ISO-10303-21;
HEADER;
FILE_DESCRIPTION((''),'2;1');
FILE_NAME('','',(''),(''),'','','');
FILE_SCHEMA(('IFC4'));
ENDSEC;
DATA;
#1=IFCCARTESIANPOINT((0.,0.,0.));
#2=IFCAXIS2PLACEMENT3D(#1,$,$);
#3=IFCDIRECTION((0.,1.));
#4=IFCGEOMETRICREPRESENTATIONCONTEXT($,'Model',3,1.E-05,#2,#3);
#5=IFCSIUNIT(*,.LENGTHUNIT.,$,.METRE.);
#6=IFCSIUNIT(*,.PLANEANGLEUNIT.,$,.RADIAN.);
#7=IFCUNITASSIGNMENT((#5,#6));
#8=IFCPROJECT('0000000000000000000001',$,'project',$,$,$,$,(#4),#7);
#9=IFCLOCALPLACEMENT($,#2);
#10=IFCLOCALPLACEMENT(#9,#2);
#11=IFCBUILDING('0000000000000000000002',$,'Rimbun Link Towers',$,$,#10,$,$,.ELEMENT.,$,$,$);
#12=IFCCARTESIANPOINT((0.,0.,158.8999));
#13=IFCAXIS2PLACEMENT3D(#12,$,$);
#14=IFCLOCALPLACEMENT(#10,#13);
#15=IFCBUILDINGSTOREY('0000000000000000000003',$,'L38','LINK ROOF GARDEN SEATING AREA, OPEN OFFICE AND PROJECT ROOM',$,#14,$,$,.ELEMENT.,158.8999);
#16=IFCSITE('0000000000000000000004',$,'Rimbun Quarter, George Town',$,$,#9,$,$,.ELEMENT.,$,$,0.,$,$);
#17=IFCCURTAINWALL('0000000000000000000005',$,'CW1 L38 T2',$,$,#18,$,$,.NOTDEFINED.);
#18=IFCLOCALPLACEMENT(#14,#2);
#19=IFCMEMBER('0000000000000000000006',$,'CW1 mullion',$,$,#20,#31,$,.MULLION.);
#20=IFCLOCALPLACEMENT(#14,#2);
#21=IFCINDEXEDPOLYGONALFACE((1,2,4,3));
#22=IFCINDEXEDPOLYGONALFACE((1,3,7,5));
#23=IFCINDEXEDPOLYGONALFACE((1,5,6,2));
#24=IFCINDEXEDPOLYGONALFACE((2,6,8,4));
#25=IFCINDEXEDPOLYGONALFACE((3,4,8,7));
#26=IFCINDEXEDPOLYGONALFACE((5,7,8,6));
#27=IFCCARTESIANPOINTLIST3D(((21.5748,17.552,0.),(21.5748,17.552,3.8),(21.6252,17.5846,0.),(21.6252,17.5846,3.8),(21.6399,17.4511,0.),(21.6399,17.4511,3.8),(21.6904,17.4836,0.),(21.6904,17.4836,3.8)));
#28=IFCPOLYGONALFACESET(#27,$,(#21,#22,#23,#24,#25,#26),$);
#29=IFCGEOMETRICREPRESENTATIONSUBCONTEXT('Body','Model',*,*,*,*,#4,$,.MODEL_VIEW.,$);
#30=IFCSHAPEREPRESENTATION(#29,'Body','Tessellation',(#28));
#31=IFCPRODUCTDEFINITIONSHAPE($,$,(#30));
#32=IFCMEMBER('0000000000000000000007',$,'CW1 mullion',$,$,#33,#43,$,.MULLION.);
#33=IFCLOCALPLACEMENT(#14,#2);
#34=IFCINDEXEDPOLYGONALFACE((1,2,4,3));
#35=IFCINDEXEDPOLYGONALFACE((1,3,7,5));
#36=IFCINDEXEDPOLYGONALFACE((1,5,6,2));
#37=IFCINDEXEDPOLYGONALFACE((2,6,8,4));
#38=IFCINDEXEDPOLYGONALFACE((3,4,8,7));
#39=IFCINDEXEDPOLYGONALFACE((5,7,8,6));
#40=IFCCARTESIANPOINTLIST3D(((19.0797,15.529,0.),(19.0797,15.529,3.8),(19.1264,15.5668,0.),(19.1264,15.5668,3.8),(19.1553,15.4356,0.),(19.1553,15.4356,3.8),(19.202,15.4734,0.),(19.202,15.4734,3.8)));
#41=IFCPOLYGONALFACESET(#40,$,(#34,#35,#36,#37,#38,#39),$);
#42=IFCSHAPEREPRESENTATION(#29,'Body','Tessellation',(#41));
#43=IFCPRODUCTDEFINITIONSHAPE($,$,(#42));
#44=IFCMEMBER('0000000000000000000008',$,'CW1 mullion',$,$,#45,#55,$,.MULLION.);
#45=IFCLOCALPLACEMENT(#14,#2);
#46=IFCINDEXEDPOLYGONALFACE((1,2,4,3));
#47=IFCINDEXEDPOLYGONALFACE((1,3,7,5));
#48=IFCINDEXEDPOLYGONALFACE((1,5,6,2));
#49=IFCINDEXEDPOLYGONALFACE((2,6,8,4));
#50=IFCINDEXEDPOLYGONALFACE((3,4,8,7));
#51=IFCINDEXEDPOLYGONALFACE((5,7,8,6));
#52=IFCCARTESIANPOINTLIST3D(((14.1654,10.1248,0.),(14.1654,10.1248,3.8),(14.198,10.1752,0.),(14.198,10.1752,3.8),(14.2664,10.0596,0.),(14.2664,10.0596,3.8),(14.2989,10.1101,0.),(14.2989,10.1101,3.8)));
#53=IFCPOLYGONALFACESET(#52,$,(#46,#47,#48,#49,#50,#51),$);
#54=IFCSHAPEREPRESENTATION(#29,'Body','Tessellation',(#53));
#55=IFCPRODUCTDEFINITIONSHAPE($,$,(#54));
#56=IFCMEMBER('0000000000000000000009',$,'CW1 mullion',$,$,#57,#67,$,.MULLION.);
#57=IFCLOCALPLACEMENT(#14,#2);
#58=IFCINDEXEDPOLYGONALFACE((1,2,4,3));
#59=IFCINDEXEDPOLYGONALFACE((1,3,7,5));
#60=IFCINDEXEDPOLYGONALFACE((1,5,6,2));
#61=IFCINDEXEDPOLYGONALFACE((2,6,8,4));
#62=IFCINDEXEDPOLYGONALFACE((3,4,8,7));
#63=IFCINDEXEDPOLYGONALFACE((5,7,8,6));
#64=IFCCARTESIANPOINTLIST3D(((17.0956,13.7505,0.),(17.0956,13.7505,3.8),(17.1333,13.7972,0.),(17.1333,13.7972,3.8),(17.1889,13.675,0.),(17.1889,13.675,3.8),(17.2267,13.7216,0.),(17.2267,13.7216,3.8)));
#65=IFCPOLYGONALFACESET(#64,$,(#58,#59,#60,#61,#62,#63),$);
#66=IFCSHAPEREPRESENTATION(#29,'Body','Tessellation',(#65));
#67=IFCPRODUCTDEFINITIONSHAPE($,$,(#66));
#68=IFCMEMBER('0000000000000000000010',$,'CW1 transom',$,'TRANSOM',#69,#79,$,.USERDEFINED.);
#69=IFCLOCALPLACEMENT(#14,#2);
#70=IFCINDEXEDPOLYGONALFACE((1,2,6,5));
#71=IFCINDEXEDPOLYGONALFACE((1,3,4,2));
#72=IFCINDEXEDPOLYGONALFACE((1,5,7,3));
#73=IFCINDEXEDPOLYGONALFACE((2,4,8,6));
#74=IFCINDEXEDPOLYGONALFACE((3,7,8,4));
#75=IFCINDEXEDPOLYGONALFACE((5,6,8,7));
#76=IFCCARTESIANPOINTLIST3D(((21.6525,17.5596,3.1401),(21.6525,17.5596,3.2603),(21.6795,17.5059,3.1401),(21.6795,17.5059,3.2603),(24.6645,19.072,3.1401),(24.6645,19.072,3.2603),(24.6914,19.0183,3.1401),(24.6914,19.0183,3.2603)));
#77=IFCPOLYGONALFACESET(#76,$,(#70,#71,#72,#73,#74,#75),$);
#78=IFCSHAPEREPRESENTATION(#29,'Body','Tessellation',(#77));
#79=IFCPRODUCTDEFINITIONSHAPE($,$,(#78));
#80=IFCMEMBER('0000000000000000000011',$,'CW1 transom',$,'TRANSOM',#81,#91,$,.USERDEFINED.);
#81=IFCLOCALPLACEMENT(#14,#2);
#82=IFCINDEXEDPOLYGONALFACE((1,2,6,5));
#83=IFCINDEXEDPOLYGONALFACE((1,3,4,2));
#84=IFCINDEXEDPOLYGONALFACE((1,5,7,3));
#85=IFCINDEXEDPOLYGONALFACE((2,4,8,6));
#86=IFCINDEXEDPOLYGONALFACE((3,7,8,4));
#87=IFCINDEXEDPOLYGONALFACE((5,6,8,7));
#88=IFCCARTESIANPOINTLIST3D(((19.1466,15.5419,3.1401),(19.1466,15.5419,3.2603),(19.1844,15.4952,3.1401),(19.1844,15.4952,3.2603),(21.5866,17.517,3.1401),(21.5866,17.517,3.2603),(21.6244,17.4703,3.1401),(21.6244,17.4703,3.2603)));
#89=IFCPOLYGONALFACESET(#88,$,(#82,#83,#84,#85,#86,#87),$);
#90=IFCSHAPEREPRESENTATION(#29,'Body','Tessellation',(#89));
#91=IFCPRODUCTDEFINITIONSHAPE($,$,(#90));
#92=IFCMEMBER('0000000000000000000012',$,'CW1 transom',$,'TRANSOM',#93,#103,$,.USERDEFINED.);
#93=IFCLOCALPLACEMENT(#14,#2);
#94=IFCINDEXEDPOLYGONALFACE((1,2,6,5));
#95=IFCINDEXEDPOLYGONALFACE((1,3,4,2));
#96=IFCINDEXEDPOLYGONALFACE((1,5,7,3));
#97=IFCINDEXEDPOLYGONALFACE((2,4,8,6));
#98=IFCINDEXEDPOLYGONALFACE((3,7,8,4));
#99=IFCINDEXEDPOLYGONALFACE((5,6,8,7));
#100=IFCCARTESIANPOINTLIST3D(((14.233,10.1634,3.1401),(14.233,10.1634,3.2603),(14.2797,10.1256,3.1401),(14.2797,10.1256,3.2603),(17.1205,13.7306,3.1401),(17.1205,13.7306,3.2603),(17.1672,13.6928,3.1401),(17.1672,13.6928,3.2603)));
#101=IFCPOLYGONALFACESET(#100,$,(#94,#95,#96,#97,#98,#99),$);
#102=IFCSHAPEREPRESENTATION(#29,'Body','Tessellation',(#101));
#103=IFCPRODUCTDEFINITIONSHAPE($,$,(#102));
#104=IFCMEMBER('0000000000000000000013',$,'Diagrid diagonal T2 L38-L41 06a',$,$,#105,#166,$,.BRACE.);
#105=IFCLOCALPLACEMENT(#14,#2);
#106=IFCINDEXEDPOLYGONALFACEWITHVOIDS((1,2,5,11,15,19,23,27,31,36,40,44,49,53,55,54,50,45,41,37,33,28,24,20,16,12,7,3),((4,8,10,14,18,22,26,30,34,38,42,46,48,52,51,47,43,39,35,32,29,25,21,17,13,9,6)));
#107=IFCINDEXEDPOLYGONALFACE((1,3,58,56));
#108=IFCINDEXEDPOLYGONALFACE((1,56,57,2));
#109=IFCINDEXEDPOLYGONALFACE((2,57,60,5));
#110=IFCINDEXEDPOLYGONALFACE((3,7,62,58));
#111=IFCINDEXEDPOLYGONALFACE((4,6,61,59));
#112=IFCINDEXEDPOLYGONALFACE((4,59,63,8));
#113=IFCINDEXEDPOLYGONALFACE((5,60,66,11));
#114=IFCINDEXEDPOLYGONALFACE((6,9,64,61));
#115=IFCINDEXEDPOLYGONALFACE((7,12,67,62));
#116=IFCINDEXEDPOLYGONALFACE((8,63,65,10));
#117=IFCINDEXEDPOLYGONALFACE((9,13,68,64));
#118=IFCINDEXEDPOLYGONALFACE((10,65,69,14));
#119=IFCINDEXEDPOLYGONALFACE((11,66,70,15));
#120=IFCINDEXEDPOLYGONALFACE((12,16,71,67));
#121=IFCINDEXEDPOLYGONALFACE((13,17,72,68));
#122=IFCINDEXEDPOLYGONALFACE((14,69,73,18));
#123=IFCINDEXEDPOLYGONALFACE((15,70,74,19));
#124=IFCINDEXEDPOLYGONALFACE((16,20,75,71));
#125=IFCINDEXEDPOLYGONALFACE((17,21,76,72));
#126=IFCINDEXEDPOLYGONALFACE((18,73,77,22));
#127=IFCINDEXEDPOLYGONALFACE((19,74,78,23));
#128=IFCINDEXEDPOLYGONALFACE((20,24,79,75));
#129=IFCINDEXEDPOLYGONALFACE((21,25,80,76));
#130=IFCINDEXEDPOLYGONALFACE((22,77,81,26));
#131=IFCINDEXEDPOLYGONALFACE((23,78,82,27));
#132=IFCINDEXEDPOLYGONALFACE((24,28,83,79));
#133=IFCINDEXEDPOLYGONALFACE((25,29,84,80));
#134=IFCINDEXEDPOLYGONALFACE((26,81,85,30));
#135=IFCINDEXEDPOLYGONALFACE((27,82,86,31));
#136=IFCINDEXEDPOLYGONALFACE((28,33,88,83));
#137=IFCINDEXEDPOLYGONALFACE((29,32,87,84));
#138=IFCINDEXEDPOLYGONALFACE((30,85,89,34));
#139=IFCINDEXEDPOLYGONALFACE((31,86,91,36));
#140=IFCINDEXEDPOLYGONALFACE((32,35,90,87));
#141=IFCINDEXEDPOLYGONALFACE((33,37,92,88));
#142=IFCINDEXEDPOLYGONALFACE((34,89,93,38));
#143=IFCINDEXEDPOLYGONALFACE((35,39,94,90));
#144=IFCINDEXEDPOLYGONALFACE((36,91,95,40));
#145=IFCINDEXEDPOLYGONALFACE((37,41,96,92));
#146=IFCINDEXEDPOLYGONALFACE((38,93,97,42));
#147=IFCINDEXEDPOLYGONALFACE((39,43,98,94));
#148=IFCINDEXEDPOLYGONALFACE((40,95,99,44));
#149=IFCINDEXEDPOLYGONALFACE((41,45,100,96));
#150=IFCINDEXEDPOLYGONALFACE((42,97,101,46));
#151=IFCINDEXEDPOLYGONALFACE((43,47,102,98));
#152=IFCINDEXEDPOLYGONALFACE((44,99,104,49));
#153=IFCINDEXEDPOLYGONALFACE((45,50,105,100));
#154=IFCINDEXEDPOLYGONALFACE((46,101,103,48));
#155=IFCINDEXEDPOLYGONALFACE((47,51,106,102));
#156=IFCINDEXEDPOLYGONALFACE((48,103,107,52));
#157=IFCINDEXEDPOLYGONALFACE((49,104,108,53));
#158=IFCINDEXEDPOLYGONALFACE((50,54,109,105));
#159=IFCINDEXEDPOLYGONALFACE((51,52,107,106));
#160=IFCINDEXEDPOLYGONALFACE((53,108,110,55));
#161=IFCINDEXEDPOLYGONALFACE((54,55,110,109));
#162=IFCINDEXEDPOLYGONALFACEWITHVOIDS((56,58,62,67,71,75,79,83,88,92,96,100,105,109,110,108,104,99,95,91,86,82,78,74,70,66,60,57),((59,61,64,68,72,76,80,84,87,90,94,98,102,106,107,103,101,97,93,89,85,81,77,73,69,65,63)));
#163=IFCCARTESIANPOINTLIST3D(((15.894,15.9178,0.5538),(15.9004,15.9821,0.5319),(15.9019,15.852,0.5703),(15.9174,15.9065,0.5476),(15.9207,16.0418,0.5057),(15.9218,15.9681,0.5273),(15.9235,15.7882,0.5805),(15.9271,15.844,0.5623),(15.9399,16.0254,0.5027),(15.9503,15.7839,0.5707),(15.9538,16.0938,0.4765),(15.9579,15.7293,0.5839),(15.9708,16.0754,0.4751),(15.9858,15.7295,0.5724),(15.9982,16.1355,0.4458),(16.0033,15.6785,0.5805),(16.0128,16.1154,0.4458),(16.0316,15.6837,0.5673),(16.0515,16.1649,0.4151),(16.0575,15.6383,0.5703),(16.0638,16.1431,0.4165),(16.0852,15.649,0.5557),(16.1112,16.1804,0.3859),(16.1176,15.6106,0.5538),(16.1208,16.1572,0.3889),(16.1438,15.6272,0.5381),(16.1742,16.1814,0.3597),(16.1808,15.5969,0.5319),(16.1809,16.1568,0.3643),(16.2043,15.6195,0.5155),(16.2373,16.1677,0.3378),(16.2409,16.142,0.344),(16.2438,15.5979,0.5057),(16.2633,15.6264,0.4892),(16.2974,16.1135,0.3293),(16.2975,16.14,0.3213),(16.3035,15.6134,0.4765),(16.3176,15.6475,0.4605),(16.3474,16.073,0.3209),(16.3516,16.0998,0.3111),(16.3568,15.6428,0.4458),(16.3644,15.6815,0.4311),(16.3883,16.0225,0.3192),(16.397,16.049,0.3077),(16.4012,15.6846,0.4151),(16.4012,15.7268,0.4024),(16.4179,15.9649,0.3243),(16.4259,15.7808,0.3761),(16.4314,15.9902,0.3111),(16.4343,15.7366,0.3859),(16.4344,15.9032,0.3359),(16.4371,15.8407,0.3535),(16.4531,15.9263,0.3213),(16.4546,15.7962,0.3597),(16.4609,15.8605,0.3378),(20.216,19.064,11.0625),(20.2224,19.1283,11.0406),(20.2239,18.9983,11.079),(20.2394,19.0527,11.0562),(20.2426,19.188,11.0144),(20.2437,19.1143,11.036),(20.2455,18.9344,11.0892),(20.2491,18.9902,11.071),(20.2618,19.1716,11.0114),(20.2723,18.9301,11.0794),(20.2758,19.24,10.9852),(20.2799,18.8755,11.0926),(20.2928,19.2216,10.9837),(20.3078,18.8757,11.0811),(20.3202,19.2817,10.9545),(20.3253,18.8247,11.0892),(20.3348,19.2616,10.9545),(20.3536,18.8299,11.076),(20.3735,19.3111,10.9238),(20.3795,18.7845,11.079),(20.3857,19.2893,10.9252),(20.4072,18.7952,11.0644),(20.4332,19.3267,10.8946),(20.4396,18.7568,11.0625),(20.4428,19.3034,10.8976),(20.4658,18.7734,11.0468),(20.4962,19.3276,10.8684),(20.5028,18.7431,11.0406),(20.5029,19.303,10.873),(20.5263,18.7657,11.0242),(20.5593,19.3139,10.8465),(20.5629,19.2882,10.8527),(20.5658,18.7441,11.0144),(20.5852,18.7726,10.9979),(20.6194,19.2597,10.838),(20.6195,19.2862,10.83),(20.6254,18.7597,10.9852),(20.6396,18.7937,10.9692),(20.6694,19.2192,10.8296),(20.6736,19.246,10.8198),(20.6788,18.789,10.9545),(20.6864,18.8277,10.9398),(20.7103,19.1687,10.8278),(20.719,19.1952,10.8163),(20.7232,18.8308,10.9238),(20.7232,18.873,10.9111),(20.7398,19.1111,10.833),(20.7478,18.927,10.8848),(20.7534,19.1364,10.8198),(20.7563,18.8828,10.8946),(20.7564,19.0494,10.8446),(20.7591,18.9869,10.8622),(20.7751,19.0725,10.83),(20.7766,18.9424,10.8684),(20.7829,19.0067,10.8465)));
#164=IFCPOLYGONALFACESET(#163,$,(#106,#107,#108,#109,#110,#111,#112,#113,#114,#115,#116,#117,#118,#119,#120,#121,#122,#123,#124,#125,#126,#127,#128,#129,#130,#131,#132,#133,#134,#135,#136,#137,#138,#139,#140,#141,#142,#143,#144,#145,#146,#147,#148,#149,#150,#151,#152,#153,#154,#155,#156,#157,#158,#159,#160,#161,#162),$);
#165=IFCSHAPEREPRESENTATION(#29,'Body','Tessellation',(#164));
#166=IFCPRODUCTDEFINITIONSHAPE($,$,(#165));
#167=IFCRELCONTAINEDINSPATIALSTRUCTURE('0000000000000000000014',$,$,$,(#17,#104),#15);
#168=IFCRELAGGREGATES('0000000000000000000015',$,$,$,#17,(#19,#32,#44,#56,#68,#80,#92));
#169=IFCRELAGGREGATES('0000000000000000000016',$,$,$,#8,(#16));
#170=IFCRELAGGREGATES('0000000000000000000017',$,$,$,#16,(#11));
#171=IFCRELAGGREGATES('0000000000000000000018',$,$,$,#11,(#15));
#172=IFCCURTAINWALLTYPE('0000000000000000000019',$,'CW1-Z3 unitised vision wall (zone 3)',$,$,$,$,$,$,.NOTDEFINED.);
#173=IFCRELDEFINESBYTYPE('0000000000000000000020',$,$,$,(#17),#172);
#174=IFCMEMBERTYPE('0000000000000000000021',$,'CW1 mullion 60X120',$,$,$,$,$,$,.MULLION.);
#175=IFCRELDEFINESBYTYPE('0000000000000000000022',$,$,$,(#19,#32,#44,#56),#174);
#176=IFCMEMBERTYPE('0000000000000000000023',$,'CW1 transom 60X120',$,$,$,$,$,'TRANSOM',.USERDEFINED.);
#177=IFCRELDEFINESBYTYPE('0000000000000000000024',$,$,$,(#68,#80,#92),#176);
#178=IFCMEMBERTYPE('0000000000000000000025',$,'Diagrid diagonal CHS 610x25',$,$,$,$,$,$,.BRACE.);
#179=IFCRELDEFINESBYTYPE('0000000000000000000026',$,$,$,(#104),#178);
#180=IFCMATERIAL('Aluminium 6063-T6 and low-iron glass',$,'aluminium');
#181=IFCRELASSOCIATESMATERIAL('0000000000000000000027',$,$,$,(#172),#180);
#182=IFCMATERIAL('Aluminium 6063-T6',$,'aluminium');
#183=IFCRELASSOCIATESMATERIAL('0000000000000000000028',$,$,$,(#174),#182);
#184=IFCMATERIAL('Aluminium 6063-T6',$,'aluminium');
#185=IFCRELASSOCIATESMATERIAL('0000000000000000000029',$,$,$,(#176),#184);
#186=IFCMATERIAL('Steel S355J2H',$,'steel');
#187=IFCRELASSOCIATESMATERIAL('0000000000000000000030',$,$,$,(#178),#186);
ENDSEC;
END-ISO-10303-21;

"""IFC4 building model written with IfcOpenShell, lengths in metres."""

from ifc_helpers import new_model, si_unit, direction, frame, origin, origin_2d, place, context, subcontext, project, spatial, rectangle, hollow_circle, extrude, material, material_profile, profile_set, type_object, element, aggregate, save


model = new_model("IFC4")

# Units and contexts
model_context = context("Model", 3, precision=1e-05, world=origin(), true_north=direction((0.0, 1.0)))
body_context = subcontext(model_context, "Body", "Model", "MODEL_VIEW")
ifc_project = project(units=[si_unit("LENGTHUNIT", "METRE"), si_unit("PLANEANGLEUNIT", "RADIAN")], contexts=[model_context])

# Site, building, storey
site_placement = place(None, origin())
site = spatial("IfcSite", under=ifc_project, at=site_placement, Name="Rimbun Quarter, George Town", CompositionType="ELEMENT", RefElevation=0.0)
building_placement = place(site_placement, origin())
building = spatial("IfcBuilding", under=site, at=building_placement, Name="Rimbun Link Towers", CompositionType="ELEMENT")
storey_placement = place(building_placement, frame((0.0, 0.0, 158.8999)))
storey = spatial("IfcBuildingStorey", under=building, at=storey_placement, Name="L38", Description="LINK ROOF GARDEN SEATING AREA, OPEN OFFICE AND PROJECT ROOM", CompositionType="ELEMENT", Elevation=158.8999)

# Curtain wall, members
ifc_material_1 = material(Name="Aluminium 6063-T6 and low-iron glass", Category="aluminium")
curtain_wall_type = type_object("IfcCurtainWallType", Name="CW1-Z3 unitised vision wall (zone 3)", PredefinedType="NOTDEFINED", material=ifc_material_1)
curtain_wall_placement = place(storey_placement, origin())
curtain_wall = element("IfcCurtainWall", 1, at=curtain_wall_placement, inside=storey, type_object=curtain_wall_type, Name="CW1 L38 T2", PredefinedType="NOTDEFINED")
ifc_material_2 = material(Name="Aluminium 6063-T6", Category="aluminium")
ifc_material_profile_1 = material_profile(ifc_material_2, rectangle(XDim=0.1201, YDim=0.0601, at=origin_2d()), Name="MULLION 60X120")
ifc_profile_set_1 = profile_set([ifc_material_profile_1], Name="Aluminium 6063-T6")
member_type_1 = type_object("IfcMemberType", Name="CW1 mullion 60X120", PredefinedType="MULLION", material=ifc_profile_set_1)
member_1_placement = place(storey_placement, frame((21.6326, 17.5178, 0.0), z_axis=(0.0, 0.0, 1.0), x_axis=(-0.5421, 0.840314, 0.0)))
member_1 = element("IfcMember", 2, at=member_1_placement, type_object=member_type_1, Name="CW1 mullion", PredefinedType="MULLION", context=body_context, shape_type="SweptSolid", body=[
    extrude(rectangle(XDim=0.1201, YDim=0.0601, at=origin_2d()), origin(), (0.0, 0.0, 1.0), 3.8),
])
member_2_placement = place(storey_placement, frame((19.1409, 15.5012, 0.0), z_axis=(0.0, 0.0, 1.0), x_axis=(-0.629169, 0.777269, 0.0)))
member_2 = element("IfcMember", 3, at=member_2_placement, type_object=member_type_1, Name="CW1 mullion", PredefinedType="MULLION", context=body_context, shape_type="SweptSolid", body=[
    extrude(rectangle(XDim=0.1201, YDim=0.0601, at=origin_2d()), origin(), (0.0, 0.0, 1.0), 3.8),
])
member_3_placement = place(storey_placement, frame((14.2322, 10.1174, 0.0), z_axis=(0.0, 0.0, 1.0), x_axis=(-0.840314, 0.5421, 0.0)))
member_3 = element("IfcMember", 4, at=member_3_placement, type_object=member_type_1, Name="CW1 mullion", PredefinedType="MULLION", context=body_context, shape_type="SweptSolid", body=[
    extrude(rectangle(XDim=0.1201, YDim=0.0601, at=origin_2d()), origin(), (0.0, 0.0, 1.0), 3.8),
])
member_4_placement = place(storey_placement, frame((17.1611, 13.7361, 0.0), z_axis=(0.0, 0.0, 1.0), x_axis=(-0.777269, 0.629169, 0.0)))
member_4 = element("IfcMember", 5, at=member_4_placement, type_object=member_type_1, Name="CW1 mullion", PredefinedType="MULLION", context=body_context, shape_type="SweptSolid", body=[
    extrude(rectangle(XDim=0.1201, YDim=0.0601, at=origin_2d()), origin(), (0.0, 0.0, 1.0), 3.8),
])
ifc_material_3 = material(Name="Aluminium 6063-T6", Category="aluminium")
ifc_material_profile_2 = material_profile(ifc_material_3, rectangle(XDim=0.0601, YDim=0.1201, at=origin_2d()), Name="TRANSOM 60X120")
ifc_profile_set_2 = profile_set([ifc_material_profile_2], Name="Aluminium 6063-T6")
member_type_2 = type_object("IfcMemberType", Name="CW1 transom 60X120", ElementType="TRANSOM", PredefinedType="USERDEFINED", material=ifc_profile_set_2)
member_5_placement = place(storey_placement, frame((21.666, 17.5327, 3.2002), z_axis=(0.893658, 0.448749, 0.0), x_axis=(-0.448749, 0.893658, 0.0)))
member_5 = element("IfcMember", 6, at=member_5_placement, type_object=member_type_2, Name="CW1 transom", ObjectType="TRANSOM", PredefinedType="USERDEFINED", context=body_context, shape_type="SweptSolid", body=[
    extrude(rectangle(XDim=0.0601, YDim=0.1201, at=origin_2d()), origin(), (0.0, 0.0, 1.0), 3.3704),
])
member_6_placement = place(storey_placement, frame((19.1655, 15.5186, 3.2002), z_axis=(0.777259, 0.62918, 0.0), x_axis=(-0.62918, 0.777259, 0.0)))
member_6 = element("IfcMember", 7, at=member_6_placement, type_object=member_type_2, Name="CW1 transom", ObjectType="TRANSOM", PredefinedType="USERDEFINED", context=body_context, shape_type="SweptSolid", body=[
    extrude(rectangle(XDim=0.0601, YDim=0.1201, at=origin_2d()), origin(), (0.0, 0.0, 1.0), 3.1392),
])
member_7_placement = place(storey_placement, frame((14.2563, 10.1445, 3.2002), z_axis=(0.629168, 0.77727, 0.0), x_axis=(-0.77727, 0.629168, 0.0)))
member_7 = element("IfcMember", 8, at=member_7_placement, type_object=member_type_2, Name="CW1 transom", ObjectType="TRANSOM", PredefinedType="USERDEFINED", context=body_context, shape_type="SweptSolid", body=[
    extrude(rectangle(XDim=0.0601, YDim=0.1201, at=origin_2d()), origin(), (0.0, 0.0, 1.0), 4.5894),
])

# Member
ifc_material_4 = material(Name="Steel S355J2H", Category="steel")
ifc_material_profile_3 = material_profile(ifc_material_4, hollow_circle(Radius=0.3047, WallThickness=0.0249, at=origin_2d()), Name="Diagrid diagonal CHS 610x25")
ifc_profile_set_3 = profile_set([ifc_material_profile_3], Name="Steel S355J2H")
member_type_3 = type_object("IfcMemberType", Name="Diagrid diagonal CHS 610x25", PredefinedType="BRACE", material=ifc_profile_set_3)
for number, where, z_axis, x_axis, name in (
    (9, (16.1775, 15.8892, 0.4458), (0.366571, 0.266848, 0.891301), (-0.588533, 0.808473, 0.0), "Diagrid diagonal T2 L38-L41 06a"),
):
    element("IfcMember", number, at=place(storey_placement, frame(where, z_axis=z_axis, x_axis=x_axis)), inside=storey, type_object=member_type_3, Name=name, PredefinedType="BRACE", context=body_context, shape_type="SweptSolid", body=[
        extrude(hollow_circle(Radius=0.3047, WallThickness=0.0249, at=origin_2d()), origin(), (0.0, 0.0, 1.0), 11.7903),
    ])

aggregate(curtain_wall, [member_1, member_2, member_3, member_4, member_5, member_6, member_7])

save(model, "model.ifc")
